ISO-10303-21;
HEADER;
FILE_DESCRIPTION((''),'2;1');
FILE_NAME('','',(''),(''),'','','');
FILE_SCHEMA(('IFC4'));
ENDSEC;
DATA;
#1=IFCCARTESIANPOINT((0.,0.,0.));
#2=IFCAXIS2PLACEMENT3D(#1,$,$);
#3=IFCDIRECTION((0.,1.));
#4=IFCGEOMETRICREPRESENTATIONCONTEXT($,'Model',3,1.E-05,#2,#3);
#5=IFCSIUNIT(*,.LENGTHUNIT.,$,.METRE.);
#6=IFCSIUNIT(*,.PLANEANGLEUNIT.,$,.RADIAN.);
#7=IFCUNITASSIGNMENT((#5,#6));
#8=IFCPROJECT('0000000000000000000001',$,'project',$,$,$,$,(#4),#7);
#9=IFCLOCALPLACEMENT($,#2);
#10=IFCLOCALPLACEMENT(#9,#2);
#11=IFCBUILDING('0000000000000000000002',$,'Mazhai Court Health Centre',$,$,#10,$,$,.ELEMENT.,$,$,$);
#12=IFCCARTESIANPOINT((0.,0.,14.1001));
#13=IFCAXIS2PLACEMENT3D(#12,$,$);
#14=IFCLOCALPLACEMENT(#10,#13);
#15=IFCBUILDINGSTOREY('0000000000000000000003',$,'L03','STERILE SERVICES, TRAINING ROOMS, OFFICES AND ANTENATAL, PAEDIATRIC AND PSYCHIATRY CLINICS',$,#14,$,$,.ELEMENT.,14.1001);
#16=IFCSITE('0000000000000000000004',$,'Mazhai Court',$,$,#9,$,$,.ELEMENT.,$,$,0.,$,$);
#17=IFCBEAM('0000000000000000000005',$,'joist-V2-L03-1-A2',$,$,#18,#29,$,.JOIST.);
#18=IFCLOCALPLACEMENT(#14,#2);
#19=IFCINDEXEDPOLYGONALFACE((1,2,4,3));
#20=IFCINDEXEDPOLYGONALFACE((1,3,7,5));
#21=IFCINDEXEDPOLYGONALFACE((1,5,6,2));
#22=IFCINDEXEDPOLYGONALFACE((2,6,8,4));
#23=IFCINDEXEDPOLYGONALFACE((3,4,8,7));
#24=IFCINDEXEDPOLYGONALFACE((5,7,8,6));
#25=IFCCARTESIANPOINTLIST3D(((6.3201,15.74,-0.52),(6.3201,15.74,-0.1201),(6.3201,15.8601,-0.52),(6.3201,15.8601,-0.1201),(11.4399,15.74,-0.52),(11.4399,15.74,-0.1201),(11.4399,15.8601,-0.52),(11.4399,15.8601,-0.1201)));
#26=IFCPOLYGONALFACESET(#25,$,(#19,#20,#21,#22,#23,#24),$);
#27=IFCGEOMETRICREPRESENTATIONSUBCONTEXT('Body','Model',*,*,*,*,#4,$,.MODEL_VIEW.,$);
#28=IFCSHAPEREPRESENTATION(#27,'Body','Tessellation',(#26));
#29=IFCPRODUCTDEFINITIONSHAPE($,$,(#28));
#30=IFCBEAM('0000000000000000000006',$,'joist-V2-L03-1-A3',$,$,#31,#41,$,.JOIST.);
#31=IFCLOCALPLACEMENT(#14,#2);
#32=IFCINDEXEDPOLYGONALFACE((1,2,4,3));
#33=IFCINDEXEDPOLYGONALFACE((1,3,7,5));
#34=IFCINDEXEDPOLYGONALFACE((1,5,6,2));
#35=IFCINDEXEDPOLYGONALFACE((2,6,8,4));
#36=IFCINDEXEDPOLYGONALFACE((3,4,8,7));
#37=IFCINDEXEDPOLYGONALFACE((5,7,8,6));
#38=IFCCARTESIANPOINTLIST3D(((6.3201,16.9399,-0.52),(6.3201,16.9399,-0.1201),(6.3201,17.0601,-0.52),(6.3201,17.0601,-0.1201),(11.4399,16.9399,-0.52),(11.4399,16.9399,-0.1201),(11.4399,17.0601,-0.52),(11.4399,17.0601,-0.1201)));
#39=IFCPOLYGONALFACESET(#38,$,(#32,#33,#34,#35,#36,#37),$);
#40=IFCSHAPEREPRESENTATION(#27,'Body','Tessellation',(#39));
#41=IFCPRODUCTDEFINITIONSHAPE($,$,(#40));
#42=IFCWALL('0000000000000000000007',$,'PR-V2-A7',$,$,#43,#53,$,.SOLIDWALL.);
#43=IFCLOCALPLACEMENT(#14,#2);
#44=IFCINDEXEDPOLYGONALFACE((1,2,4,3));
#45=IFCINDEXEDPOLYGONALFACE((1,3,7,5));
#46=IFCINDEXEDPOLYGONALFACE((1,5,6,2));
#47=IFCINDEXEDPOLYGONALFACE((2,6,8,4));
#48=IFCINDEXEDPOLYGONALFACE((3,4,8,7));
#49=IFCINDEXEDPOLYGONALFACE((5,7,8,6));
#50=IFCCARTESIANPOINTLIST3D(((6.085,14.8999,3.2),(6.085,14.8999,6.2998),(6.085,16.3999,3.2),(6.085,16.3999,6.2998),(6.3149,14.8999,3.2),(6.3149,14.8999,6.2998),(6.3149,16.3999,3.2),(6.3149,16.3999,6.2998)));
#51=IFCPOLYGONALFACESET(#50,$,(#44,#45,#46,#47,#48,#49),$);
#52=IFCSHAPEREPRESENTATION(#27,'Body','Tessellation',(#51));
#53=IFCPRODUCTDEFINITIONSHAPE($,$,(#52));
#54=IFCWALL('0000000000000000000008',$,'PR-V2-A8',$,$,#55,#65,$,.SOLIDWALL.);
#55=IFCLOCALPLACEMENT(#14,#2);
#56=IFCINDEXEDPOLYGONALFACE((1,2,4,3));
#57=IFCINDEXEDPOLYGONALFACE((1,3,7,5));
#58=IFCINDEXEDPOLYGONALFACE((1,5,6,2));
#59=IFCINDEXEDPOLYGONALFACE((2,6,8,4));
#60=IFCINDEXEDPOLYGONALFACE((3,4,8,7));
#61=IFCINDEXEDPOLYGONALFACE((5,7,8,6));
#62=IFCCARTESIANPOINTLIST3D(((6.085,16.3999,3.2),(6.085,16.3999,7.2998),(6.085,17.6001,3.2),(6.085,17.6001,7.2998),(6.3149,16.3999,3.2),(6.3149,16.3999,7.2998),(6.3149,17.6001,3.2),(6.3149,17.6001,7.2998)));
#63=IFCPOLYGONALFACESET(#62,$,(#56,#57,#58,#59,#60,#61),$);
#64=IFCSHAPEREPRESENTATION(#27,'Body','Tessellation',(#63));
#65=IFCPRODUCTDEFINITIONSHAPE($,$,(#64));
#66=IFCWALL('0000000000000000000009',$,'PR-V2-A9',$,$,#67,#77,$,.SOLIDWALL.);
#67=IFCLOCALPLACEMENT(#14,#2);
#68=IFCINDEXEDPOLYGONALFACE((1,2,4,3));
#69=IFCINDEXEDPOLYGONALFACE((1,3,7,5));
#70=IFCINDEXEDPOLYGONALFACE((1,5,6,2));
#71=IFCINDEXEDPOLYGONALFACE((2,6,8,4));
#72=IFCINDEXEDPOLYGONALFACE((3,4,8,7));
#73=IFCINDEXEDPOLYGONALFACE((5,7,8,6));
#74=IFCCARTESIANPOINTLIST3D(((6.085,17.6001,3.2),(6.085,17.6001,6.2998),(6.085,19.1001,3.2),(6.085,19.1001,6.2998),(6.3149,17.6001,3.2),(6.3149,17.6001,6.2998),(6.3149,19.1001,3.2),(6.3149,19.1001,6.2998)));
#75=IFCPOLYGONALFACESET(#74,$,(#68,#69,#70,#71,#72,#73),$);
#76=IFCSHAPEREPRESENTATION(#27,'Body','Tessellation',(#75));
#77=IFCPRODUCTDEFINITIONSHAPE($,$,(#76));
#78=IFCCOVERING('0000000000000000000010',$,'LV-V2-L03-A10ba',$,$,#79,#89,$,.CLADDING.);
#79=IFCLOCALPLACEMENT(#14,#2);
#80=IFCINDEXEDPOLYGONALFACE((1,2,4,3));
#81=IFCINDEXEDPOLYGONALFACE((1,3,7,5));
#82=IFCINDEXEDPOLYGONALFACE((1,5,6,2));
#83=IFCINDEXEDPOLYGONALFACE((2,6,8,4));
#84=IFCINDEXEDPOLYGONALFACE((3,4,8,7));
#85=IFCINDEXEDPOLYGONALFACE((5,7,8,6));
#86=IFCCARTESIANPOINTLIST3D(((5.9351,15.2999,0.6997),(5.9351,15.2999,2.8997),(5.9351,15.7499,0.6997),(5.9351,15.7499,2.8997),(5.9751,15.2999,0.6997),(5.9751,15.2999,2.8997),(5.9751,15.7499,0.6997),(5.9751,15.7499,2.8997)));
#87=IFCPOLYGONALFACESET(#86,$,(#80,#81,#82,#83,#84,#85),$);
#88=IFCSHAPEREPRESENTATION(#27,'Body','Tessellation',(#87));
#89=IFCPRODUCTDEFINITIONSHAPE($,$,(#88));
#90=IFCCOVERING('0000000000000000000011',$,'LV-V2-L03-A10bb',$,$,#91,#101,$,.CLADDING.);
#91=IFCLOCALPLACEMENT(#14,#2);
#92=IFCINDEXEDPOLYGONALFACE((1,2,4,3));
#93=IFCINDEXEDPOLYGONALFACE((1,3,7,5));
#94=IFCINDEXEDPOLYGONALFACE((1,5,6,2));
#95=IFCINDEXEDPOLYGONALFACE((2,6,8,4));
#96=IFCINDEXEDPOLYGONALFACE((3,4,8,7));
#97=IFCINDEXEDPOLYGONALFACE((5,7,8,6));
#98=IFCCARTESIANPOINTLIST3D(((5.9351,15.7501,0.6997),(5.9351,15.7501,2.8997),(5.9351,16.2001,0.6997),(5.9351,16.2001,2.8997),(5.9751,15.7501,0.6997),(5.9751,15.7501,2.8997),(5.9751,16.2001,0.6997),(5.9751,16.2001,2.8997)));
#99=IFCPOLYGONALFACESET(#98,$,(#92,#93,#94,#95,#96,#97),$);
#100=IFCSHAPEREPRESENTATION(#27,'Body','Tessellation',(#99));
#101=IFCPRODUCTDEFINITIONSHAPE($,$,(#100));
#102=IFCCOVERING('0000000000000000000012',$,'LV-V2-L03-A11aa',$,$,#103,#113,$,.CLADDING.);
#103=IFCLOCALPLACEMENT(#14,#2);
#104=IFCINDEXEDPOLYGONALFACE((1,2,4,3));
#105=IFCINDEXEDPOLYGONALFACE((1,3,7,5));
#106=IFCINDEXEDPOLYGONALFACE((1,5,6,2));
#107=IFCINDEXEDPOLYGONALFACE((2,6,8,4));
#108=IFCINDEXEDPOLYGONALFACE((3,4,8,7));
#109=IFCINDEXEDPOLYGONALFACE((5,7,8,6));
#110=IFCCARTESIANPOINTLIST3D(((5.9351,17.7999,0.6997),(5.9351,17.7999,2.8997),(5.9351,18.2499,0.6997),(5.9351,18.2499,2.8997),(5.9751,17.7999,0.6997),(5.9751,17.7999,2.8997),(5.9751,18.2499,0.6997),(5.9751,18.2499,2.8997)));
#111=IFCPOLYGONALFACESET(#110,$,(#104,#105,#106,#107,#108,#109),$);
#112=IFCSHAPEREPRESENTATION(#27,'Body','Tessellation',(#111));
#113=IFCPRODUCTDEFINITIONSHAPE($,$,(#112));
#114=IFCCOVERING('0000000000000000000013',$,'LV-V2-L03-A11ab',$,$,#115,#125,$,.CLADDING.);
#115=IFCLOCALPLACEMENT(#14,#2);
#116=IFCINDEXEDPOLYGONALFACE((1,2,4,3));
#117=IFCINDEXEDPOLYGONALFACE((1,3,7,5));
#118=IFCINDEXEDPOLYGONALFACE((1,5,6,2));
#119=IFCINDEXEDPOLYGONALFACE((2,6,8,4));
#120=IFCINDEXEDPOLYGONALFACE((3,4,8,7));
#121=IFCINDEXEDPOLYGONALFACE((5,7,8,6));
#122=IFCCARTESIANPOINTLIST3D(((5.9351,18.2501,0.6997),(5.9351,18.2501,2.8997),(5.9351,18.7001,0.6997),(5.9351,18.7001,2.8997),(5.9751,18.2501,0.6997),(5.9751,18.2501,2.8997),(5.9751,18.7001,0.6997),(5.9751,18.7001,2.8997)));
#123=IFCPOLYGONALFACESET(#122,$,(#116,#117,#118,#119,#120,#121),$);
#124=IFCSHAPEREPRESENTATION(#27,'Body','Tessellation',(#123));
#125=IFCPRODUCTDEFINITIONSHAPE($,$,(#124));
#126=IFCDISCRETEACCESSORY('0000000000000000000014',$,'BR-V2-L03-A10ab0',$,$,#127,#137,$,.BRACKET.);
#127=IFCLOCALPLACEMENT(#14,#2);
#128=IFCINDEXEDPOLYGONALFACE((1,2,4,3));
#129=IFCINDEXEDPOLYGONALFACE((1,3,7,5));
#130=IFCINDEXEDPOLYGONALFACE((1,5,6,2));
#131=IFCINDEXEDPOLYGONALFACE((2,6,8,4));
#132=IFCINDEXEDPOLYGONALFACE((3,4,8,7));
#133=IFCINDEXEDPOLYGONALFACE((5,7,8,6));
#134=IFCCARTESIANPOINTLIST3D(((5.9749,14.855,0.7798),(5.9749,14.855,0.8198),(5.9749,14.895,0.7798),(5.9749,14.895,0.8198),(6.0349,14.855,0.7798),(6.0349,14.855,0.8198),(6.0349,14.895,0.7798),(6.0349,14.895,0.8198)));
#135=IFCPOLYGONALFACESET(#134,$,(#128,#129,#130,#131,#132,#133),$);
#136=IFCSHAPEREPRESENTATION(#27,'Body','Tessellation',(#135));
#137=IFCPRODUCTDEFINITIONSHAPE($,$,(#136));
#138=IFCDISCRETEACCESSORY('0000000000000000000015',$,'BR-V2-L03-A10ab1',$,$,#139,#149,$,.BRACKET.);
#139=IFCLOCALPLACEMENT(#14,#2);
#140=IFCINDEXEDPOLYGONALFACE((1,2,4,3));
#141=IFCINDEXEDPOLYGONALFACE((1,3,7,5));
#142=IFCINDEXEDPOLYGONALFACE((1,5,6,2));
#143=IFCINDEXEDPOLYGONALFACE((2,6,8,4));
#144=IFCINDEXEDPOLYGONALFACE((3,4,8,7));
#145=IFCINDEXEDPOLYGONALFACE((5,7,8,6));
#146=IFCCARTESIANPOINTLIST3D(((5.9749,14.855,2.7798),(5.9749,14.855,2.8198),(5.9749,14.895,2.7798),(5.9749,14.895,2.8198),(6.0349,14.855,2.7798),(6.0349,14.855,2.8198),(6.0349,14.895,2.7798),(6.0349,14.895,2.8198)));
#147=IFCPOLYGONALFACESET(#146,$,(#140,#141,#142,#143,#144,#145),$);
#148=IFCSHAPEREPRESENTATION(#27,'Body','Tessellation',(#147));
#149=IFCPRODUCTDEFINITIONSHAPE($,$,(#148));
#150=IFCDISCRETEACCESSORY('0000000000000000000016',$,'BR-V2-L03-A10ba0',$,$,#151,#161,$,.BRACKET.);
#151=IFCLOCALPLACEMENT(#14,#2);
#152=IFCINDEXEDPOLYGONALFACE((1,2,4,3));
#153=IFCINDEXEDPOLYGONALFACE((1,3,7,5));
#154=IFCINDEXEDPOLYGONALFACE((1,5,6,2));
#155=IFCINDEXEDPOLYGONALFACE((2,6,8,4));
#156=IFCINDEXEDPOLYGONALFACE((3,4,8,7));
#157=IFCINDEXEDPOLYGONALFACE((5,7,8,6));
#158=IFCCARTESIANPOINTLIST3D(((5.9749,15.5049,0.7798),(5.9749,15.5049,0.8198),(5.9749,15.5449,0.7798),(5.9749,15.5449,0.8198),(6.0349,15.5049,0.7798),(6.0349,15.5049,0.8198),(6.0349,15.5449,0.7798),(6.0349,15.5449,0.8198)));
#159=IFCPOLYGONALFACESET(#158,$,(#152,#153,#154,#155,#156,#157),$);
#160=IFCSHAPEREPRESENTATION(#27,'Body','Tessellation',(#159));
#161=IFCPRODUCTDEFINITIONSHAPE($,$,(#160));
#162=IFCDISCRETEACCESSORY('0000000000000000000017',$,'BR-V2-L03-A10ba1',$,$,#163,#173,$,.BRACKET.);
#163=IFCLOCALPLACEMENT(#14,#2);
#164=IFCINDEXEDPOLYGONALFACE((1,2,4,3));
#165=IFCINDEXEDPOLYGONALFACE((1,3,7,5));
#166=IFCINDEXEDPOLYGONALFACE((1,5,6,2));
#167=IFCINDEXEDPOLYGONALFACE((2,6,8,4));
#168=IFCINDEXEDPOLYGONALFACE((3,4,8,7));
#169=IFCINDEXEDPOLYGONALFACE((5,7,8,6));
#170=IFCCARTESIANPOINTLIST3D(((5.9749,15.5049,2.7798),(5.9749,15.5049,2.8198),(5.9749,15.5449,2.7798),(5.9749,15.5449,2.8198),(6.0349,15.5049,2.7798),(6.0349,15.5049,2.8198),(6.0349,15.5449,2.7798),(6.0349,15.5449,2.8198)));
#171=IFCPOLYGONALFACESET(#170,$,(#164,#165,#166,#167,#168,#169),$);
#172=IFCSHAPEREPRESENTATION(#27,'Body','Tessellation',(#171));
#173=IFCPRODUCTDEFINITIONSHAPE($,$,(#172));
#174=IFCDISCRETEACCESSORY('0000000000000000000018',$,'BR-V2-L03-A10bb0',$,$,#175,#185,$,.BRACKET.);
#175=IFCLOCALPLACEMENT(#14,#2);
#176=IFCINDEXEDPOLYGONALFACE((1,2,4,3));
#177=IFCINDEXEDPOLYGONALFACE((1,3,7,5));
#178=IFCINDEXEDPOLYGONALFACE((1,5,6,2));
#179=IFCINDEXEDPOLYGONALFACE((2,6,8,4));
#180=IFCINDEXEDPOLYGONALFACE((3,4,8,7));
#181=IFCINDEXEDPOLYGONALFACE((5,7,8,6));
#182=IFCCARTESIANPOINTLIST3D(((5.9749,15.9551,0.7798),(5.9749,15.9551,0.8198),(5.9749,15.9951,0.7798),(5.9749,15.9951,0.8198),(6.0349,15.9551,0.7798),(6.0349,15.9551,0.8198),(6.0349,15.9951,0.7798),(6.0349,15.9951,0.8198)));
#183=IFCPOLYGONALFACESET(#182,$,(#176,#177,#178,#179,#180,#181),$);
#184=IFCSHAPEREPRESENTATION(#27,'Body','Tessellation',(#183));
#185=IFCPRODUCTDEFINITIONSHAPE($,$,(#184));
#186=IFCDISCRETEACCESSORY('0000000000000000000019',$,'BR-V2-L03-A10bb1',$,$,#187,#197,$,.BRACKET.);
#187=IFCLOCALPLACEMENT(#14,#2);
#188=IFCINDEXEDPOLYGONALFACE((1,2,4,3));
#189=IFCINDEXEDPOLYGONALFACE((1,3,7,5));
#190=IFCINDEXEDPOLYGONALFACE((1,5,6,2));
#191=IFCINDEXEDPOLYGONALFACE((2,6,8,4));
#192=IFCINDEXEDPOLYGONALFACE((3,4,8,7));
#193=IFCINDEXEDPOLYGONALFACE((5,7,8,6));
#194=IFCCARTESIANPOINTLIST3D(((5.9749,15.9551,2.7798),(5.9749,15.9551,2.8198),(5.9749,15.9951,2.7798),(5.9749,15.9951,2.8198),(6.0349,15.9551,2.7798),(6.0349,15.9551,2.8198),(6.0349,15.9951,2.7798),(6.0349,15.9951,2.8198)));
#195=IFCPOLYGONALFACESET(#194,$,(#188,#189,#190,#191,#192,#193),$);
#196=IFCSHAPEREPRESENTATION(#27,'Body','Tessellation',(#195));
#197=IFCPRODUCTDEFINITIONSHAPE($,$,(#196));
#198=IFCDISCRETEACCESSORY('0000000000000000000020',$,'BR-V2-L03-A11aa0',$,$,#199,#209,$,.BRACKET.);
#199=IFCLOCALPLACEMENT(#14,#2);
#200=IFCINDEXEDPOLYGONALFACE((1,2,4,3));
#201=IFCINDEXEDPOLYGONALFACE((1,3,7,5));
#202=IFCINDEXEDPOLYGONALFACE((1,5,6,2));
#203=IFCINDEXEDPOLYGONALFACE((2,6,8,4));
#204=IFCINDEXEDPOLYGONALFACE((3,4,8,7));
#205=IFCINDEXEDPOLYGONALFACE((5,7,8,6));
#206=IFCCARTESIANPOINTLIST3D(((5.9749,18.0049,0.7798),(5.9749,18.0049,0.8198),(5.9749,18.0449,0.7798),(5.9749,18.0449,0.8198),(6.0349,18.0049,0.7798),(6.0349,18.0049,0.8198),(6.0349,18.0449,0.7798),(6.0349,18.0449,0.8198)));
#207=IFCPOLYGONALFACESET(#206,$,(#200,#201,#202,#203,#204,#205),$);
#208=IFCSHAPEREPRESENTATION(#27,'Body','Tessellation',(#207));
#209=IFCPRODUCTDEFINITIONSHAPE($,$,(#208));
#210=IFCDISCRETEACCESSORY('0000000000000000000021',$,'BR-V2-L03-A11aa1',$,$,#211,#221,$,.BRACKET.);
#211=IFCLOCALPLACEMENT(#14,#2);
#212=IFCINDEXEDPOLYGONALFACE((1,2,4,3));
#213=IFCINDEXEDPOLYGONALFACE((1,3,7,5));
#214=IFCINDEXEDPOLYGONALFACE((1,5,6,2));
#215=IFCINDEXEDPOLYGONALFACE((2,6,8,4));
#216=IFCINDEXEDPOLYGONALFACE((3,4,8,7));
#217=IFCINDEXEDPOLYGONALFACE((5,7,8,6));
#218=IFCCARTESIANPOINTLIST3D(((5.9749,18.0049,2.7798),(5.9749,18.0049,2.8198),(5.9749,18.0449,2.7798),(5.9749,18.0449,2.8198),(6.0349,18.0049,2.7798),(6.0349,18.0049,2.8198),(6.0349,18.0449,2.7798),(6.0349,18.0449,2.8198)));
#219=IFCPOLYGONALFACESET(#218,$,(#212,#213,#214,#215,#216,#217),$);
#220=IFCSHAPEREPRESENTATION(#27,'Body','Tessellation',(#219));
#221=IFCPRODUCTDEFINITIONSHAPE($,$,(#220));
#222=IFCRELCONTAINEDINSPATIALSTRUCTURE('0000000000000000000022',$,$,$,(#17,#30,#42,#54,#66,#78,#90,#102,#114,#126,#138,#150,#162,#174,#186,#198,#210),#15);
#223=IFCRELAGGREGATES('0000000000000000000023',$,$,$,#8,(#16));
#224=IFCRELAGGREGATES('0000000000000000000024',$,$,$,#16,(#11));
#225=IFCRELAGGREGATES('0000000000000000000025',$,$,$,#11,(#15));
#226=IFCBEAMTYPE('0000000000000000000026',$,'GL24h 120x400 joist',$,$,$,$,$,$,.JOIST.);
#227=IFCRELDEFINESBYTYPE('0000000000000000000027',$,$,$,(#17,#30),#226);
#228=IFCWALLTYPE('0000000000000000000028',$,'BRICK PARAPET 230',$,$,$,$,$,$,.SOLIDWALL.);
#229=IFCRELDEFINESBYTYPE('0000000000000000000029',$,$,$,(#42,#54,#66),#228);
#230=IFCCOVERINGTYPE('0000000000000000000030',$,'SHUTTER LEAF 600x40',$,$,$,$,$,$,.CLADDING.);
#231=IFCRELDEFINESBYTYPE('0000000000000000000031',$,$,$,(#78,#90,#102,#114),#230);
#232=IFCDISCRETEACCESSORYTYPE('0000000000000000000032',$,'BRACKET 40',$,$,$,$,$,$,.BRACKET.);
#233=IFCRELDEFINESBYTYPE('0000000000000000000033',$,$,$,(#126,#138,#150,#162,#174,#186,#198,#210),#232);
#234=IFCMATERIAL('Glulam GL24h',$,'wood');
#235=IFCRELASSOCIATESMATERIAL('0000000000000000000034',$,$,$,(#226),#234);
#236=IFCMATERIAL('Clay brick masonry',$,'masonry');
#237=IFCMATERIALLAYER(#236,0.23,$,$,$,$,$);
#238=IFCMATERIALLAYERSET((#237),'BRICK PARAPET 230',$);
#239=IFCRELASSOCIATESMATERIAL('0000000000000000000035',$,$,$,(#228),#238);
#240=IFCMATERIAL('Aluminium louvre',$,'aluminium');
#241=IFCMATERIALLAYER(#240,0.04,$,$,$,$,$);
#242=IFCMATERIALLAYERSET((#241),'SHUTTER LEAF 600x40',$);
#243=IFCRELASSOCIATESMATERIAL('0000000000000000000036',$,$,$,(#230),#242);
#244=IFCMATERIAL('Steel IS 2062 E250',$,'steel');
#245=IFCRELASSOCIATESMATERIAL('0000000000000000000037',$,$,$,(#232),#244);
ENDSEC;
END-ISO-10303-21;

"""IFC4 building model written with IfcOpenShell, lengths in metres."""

from ifc_helpers import new_model, si_unit, direction, frame, frame_2d, origin, origin_2d, place, context, subcontext, project, spatial, rectangle, extrude, material, layer, layer_set, material_profile, profile_set, type_object, element, save


model = new_model("IFC4")

# Units and contexts
model_context = context("Model", 3, precision=1e-05, world=origin(), true_north=direction((0.0, 1.0)))
body_context = subcontext(model_context, "Body", "Model", "MODEL_VIEW")
ifc_project = project(units=[si_unit("LENGTHUNIT", "METRE"), si_unit("PLANEANGLEUNIT", "RADIAN")], contexts=[model_context])

# Site, building, storey
site_placement = place(None, origin())
site = spatial("IfcSite", under=ifc_project, at=site_placement, Name="Mazhai Court", CompositionType="ELEMENT", RefElevation=0.0)
building_placement = place(site_placement, origin())
building = spatial("IfcBuilding", under=site, at=building_placement, Name="Mazhai Court Health Centre", CompositionType="ELEMENT")
storey_placement = place(building_placement, frame((0.0, 0.0, 14.1001)))
storey = spatial("IfcBuildingStorey", under=building, at=storey_placement, Name="L03", Description="STERILE SERVICES, TRAINING ROOMS, OFFICES AND ANTENATAL, PAEDIATRIC AND PSYCHIATRY CLINICS", CompositionType="ELEMENT", Elevation=14.1001)

# Beams
ifc_material_1 = material(Name="Glulam GL24h", Category="wood")
ifc_material_profile = material_profile(ifc_material_1, rectangle(XDim=0.1201, YDim=0.3999, at=origin_2d()), Name="GL24h 120x400")
ifc_profile_set = profile_set([ifc_material_profile], Name="Glulam GL24h")
beam_type = type_object("IfcBeamType", Name="GL24h 120x400 joist", PredefinedType="JOIST", material=ifc_profile_set)
for number, where, z_axis, x_axis, name in (
    (1, (6.3201, 15.8, -0.3201), (1.0, 0.0, 0.0), (0.0, 1.0, 0.0), "joist-V2-L03-1-A2"),
    (2, (6.3201, 17.0, -0.3201), (1.0, 0.0, 0.0), (0.0, 1.0, 0.0), "joist-V2-L03-1-A3"),
):
    element("IfcBeam", number, at=place(storey_placement, frame(where, z_axis=z_axis, x_axis=x_axis)), inside=storey, type_object=beam_type, Name=name, PredefinedType="JOIST", context=body_context, shape_type="SweptSolid", body=[
        extrude(rectangle(XDim=0.1201, YDim=0.3999, at=origin_2d()), origin(), (0.0, 0.0, 1.0), 5.1199),
    ])

# Walls
ifc_material_2 = material(Name="Clay brick masonry", Category="masonry")
ifc_layer_1 = layer(ifc_material_2, 0.23)
ifc_layer_set_1 = layer_set([ifc_layer_1], Name="BRICK PARAPET 230")
wall_type = type_object("IfcWallType", Name="BRICK PARAPET 230", PredefinedType="SOLIDWALL", material=ifc_layer_set_1)
wall_1_placement = place(storey_placement, frame((6.2, 14.8999, 3.2), z_axis=(0.0, 0.0, 1.0), x_axis=(0.0, 1.0, 0.0)))
element("IfcWall", 3, at=wall_1_placement, inside=storey, type_object=wall_type, Name="PR-V2-A7", PredefinedType="SOLIDWALL", context=body_context, shape_type="SweptSolid", body=[
    extrude(rectangle(XDim=1.5, YDim=0.23, at=frame_2d((0.75, 0.0))), origin(), (0.0, 0.0, 1.0), 3.0999),
])
wall_2_placement = place(storey_placement, frame((6.2, 16.3999, 3.2), z_axis=(0.0, 0.0, 1.0), x_axis=(0.0, 1.0, 0.0)))
element("IfcWall", 4, at=wall_2_placement, inside=storey, type_object=wall_type, Name="PR-V2-A8", PredefinedType="SOLIDWALL", context=body_context, shape_type="SweptSolid", body=[
    extrude(rectangle(XDim=1.2002, YDim=0.23, at=frame_2d((0.6001, 0.0))), origin(), (0.0, 0.0, 1.0), 4.0999),
])
wall_3_placement = place(storey_placement, frame((6.2, 17.6001, 3.2), z_axis=(0.0, 0.0, 1.0), x_axis=(0.0, 1.0, 0.0)))
element("IfcWall", 5, at=wall_3_placement, inside=storey, type_object=wall_type, Name="PR-V2-A9", PredefinedType="SOLIDWALL", context=body_context, shape_type="SweptSolid", body=[
    extrude(rectangle(XDim=1.5, YDim=0.23, at=frame_2d((0.75, 0.0))), origin(), (0.0, 0.0, 1.0), 3.0999),
])

# Coverings
ifc_material_3 = material(Name="Aluminium louvre", Category="aluminium")
ifc_layer_2 = layer(ifc_material_3, 0.04)
ifc_layer_set_2 = layer_set([ifc_layer_2], Name="SHUTTER LEAF 600x40")
covering_type = type_object("IfcCoveringType", Name="SHUTTER LEAF 600x40", PredefinedType="CLADDING", material=ifc_layer_set_2)
for number, where, z_axis, x_axis, name in (
    (6, (5.9551, 15.5249, 0.6997), (0.0, 0.0, 1.0), (0.0, 1.0, 0.0), "LV-V2-L03-A10ba"),
    (7, (5.9551, 15.9751, 0.6997), (0.0, 0.0, 1.0), (0.0, 1.0, 0.0), "LV-V2-L03-A10bb"),
    (8, (5.9551, 18.0249, 0.6997), (0.0, 0.0, 1.0), (0.0, 1.0, 0.0), "LV-V2-L03-A11aa"),
    (9, (5.9551, 18.4751, 0.6997), (0.0, 0.0, 1.0), (0.0, 1.0, 0.0), "LV-V2-L03-A11ab"),
):
    element("IfcCovering", number, at=place(storey_placement, frame(where, z_axis=z_axis, x_axis=x_axis)), inside=storey, type_object=covering_type, Name=name, PredefinedType="CLADDING", context=body_context, shape_type="SweptSolid", body=[
        extrude(rectangle(XDim=0.45, YDim=0.04, at=origin_2d()), origin(), (0.0, 0.0, 1.0), 2.2),
    ])

# Discrete accessories
ifc_material_4 = material(Name="Steel IS 2062 E250", Category="steel")
discrete_accessory_type = type_object("IfcDiscreteAccessoryType", Name="BRACKET 40", PredefinedType="BRACKET", material=ifc_material_4)
for number, where, z_axis, x_axis, name in (
    (10, (6.0049, 14.875, 0.7798), (0.0, 0.0, 1.0), (0.0, 1.0, 0.0), "BR-V2-L03-A10ab0"),
    (11, (6.0049, 14.875, 2.7798), (0.0, 0.0, 1.0), (0.0, 1.0, 0.0), "BR-V2-L03-A10ab1"),
    (12, (6.0049, 15.5249, 0.7798), (0.0, 0.0, 1.0), (0.0, 1.0, 0.0), "BR-V2-L03-A10ba0"),
    (13, (6.0049, 15.5249, 2.7798), (0.0, 0.0, 1.0), (0.0, 1.0, 0.0), "BR-V2-L03-A10ba1"),
    (14, (6.0049, 15.9751, 0.7798), (0.0, 0.0, 1.0), (0.0, 1.0, 0.0), "BR-V2-L03-A10bb0"),
    (15, (6.0049, 15.9751, 2.7798), (0.0, 0.0, 1.0), (0.0, 1.0, 0.0), "BR-V2-L03-A10bb1"),
    (16, (6.0049, 18.0249, 0.7798), (0.0, 0.0, 1.0), (0.0, 1.0, 0.0), "BR-V2-L03-A11aa0"),
    (17, (6.0049, 18.0249, 2.7798), (0.0, 0.0, 1.0), (0.0, 1.0, 0.0), "BR-V2-L03-A11aa1"),
):
    element("IfcDiscreteAccessory", number, at=place(storey_placement, frame(where, z_axis=z_axis, x_axis=x_axis)), inside=storey, type_object=discrete_accessory_type, Name=name, PredefinedType="BRACKET", context=body_context, shape_type="SweptSolid", body=[
        extrude(rectangle(XDim=0.04, YDim=0.0601, at=origin_2d()), origin(), (0.0, 0.0, 1.0), 0.04),
    ])

save(model, "model.ifc")
